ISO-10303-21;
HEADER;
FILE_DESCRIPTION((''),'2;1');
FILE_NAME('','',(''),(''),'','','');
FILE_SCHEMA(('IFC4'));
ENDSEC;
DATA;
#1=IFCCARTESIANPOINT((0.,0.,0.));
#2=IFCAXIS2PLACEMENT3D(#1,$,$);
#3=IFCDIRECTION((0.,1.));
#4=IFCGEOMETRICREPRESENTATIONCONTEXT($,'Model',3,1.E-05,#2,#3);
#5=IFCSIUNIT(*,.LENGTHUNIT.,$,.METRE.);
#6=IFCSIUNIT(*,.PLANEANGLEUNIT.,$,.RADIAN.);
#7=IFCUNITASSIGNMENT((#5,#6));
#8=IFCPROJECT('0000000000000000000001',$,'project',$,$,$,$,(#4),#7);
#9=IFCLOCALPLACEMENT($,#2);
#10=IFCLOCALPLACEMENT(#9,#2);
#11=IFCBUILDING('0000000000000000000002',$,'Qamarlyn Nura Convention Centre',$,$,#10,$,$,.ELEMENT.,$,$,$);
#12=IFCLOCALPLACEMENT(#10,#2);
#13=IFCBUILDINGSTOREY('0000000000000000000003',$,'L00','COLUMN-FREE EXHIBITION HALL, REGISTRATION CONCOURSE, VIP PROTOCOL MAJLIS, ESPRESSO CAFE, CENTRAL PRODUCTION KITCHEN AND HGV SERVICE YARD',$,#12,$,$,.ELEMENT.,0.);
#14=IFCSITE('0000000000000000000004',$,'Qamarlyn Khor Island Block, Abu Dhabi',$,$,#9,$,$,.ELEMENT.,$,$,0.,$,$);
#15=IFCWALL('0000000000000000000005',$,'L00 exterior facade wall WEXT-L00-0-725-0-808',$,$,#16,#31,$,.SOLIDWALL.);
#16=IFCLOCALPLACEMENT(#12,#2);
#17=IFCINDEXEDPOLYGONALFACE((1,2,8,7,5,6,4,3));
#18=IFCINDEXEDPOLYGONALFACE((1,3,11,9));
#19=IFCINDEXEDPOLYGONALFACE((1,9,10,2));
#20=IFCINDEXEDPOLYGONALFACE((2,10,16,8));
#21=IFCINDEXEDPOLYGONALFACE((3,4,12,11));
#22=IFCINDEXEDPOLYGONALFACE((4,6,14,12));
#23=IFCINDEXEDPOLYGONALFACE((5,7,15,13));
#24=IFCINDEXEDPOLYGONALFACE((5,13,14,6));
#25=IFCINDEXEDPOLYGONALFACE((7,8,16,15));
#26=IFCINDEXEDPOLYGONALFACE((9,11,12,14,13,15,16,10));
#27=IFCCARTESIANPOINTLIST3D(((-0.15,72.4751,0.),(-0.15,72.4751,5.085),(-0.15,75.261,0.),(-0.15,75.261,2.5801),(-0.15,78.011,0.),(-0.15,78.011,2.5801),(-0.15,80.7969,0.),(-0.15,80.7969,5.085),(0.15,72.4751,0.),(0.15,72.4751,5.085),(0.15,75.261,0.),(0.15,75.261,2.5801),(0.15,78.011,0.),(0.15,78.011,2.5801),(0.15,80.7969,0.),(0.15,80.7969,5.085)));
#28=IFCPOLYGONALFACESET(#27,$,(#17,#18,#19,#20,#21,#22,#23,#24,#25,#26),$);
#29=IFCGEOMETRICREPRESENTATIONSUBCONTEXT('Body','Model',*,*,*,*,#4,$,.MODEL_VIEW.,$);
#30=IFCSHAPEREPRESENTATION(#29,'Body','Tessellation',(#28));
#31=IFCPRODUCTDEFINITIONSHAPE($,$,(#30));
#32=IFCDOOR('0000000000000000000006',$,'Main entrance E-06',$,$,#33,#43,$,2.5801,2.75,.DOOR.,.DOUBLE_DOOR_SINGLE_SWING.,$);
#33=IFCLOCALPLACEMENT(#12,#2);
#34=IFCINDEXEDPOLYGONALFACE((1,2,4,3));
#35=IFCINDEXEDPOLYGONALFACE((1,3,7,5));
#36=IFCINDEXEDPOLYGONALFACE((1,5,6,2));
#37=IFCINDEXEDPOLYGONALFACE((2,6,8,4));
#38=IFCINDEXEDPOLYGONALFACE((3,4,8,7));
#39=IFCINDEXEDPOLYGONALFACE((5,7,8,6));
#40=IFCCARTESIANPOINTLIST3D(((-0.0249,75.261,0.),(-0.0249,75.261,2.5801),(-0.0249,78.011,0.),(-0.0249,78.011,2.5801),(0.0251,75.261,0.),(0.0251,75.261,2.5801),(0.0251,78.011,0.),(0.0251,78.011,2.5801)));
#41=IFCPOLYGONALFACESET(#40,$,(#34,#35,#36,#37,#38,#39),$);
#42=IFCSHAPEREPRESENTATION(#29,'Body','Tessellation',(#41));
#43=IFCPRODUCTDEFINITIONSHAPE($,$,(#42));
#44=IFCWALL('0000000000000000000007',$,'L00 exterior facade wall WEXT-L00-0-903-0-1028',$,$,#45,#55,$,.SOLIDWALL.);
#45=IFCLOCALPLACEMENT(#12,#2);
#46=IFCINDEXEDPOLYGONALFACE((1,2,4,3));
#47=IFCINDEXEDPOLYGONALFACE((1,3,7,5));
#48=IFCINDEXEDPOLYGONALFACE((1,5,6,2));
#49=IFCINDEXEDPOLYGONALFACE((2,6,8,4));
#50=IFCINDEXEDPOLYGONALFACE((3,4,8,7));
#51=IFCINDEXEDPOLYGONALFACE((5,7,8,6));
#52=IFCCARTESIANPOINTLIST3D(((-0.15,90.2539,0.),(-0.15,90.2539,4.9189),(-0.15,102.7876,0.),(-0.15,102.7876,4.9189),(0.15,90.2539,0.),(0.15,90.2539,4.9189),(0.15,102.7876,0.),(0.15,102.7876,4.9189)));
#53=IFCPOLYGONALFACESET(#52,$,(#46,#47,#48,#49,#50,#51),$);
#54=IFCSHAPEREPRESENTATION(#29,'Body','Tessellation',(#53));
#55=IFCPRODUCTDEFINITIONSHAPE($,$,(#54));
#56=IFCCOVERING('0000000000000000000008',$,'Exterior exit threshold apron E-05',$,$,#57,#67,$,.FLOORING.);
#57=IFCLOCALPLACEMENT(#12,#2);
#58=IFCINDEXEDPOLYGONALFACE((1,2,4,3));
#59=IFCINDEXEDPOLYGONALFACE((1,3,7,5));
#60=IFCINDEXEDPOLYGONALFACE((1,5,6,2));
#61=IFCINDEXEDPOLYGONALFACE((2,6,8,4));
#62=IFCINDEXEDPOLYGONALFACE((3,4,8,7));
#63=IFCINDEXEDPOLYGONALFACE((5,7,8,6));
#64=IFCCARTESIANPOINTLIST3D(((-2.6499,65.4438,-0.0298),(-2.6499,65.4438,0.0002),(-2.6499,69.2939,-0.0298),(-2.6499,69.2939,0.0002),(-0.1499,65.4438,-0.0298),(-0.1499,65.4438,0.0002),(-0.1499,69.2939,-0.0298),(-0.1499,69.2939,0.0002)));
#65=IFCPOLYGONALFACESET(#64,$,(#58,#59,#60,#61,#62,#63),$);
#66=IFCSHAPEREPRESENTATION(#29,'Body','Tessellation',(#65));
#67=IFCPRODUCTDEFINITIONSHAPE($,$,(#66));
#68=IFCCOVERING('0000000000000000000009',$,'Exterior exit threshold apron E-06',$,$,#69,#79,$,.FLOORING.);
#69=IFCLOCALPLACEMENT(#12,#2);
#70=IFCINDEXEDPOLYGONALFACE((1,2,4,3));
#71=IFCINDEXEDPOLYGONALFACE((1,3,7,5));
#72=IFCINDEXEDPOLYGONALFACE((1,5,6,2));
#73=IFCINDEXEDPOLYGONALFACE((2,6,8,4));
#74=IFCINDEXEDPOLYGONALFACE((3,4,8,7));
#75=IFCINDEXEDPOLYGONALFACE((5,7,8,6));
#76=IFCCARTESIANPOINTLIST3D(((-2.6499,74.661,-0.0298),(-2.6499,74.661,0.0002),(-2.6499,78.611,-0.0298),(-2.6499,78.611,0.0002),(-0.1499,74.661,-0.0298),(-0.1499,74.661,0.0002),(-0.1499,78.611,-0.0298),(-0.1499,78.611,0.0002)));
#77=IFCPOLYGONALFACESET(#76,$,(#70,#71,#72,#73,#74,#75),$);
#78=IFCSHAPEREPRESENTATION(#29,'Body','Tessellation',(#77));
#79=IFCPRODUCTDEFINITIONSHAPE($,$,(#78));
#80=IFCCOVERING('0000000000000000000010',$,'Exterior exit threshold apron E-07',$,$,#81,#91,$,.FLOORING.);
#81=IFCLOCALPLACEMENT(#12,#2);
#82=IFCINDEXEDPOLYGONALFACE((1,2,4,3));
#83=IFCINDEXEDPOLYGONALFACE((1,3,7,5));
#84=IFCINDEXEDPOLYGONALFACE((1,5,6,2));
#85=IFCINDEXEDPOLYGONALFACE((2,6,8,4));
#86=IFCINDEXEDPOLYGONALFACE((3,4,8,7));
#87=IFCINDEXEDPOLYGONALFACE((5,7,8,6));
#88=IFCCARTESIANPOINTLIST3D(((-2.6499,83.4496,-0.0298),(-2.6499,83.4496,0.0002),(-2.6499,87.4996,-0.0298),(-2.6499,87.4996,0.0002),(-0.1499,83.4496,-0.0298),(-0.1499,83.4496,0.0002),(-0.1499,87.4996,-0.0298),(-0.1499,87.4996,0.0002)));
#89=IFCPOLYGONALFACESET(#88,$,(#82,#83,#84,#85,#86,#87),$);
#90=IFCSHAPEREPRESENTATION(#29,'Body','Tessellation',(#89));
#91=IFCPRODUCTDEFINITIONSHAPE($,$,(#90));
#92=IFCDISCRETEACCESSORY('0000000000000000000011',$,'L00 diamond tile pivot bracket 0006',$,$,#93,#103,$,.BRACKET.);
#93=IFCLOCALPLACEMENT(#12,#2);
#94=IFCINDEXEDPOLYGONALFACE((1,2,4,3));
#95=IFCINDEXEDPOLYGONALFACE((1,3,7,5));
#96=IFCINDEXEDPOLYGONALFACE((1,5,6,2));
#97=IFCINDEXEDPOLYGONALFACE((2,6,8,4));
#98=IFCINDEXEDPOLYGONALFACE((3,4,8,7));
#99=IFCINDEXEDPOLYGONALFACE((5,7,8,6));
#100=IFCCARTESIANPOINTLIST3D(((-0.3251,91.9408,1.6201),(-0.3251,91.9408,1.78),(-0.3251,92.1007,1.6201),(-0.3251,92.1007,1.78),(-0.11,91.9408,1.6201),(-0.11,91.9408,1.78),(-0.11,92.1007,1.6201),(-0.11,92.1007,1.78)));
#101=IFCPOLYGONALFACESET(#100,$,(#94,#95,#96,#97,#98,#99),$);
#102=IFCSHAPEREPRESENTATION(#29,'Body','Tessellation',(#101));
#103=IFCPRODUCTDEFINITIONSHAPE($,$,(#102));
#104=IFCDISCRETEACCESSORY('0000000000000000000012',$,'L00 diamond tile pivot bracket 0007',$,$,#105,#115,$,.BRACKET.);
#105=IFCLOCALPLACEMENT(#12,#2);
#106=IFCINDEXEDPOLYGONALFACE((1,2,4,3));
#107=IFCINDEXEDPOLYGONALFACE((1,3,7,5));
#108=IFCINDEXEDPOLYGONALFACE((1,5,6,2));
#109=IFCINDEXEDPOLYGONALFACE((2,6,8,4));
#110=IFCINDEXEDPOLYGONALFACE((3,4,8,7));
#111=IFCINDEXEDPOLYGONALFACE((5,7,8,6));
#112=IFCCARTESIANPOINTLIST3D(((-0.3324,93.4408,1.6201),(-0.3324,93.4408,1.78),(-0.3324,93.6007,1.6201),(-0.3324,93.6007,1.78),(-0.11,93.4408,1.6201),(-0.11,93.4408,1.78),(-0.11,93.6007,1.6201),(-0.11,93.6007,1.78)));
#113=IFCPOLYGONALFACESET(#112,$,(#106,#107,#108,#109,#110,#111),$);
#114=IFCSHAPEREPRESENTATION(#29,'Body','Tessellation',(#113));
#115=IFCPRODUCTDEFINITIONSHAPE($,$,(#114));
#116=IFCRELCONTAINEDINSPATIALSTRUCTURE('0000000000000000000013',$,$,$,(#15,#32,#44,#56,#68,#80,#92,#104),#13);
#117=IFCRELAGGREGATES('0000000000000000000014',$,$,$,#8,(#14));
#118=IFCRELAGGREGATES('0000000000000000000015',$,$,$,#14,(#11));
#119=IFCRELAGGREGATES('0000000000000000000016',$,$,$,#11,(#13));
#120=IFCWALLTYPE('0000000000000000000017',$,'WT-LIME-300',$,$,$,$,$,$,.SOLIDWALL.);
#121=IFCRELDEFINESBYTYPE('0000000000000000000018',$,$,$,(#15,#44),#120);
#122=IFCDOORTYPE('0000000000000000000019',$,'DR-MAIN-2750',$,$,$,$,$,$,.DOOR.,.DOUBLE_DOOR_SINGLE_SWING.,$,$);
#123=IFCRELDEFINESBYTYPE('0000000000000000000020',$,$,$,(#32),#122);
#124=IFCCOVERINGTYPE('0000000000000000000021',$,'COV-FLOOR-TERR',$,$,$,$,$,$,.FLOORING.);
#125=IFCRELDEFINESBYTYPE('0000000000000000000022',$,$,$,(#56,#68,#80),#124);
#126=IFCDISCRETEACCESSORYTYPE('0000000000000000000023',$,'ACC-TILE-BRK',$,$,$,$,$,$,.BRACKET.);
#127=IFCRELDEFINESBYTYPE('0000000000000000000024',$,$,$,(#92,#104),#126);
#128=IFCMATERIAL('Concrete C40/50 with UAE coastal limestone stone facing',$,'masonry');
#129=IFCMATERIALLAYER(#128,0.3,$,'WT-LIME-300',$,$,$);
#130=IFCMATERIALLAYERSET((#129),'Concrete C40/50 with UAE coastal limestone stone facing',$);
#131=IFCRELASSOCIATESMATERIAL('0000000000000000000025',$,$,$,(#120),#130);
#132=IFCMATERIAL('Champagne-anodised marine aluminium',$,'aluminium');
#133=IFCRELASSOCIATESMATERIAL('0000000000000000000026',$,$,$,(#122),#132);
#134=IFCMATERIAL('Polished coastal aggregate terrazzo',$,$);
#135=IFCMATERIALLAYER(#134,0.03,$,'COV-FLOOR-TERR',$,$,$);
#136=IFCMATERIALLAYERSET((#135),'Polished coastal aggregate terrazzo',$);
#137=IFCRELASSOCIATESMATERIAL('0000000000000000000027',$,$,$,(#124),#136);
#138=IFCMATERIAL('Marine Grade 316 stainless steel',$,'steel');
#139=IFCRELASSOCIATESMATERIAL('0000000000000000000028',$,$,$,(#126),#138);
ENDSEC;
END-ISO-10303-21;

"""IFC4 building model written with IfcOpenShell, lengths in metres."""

from ifc_helpers import new_model, si_unit, direction, frame, frame_2d, origin, origin_2d, place, context, subcontext, project, spatial, rectangle, extrude, material, layer, layer_set, type_object, element, fill, save


model = new_model("IFC4")

# Units and contexts
model_context = context("Model", 3, precision=1e-05, world=origin(), true_north=direction((0.0, 1.0)))
body_context = subcontext(model_context, "Body", "Model", "MODEL_VIEW")
ifc_project = project(units=[si_unit("LENGTHUNIT", "METRE"), si_unit("PLANEANGLEUNIT", "RADIAN")], contexts=[model_context])

# Site, building, storey
site_placement = place(None, origin())
site = spatial("IfcSite", under=ifc_project, at=site_placement, Name="Qamarlyn Khor Island Block, Abu Dhabi", CompositionType="ELEMENT", RefElevation=0.0)
building_placement = place(site_placement, origin())
building = spatial("IfcBuilding", under=site, at=building_placement, Name="Qamarlyn Nura Convention Centre", CompositionType="ELEMENT")
storey_placement = place(building_placement, origin())
storey = spatial("IfcBuildingStorey", under=building, at=storey_placement, Name="L00", Description="COLUMN-FREE EXHIBITION HALL, REGISTRATION CONCOURSE, VIP PROTOCOL MAJLIS, ESPRESSO CAFE, CENTRAL PRODUCTION KITCHEN AND HGV SERVICE YARD", CompositionType="ELEMENT", Elevation=0.0)

# Wall, opening, door
ifc_material_1 = material(Name="Concrete C40/50 with UAE coastal limestone stone facing", Category="masonry")
ifc_layer_1 = layer(ifc_material_1, 0.3, Name="WT-LIME-300")
ifc_layer_set_1 = layer_set([ifc_layer_1], Name="Concrete C40/50 with UAE coastal limestone stone facing")
wall_type = type_object("IfcWallType", Name="WT-LIME-300", PredefinedType="SOLIDWALL", material=ifc_layer_set_1)
ifc_material_2 = material(Name="Champagne-anodised marine aluminium", Category="aluminium")
wall_1_placement = place(storey_placement, frame((0.0, 72.4751, 0.0), z_axis=(0.0, 0.0, 1.0), x_axis=(0.0, 1.0, 0.0)))
wall_1 = element("IfcWall", 1, at=wall_1_placement, inside=storey, type_object=wall_type, Name="L00 exterior facade wall WEXT-L00-0-725-0-808", PredefinedType="SOLIDWALL", context=body_context, shape_type="SweptSolid", body=[
    extrude(rectangle(XDim=8.3218, YDim=0.3, at=frame_2d((4.1609, 0.0))), origin(), (0.0, 0.0, 1.0), 5.085),
])
opening_1_placement = place(wall_1_placement, frame((2.7859, 0.0, 0.0)))
opening_1 = element("IfcOpeningElement", 2, at=opening_1_placement, cuts=wall_1, PredefinedType="OPENING", context=body_context, shape_type="SweptSolid", body=[
    extrude(rectangle(XDim=2.75, YDim=2.5801, at=frame_2d((1.375, 1.29))), frame((0.0, 0.1602, 0.0), z_axis=(0.0, -1.0, 0.0), x_axis=(1.0, 0.0, 0.0)), (0.0, 0.0, 1.0), 0.3201),
])
door_type_1 = type_object("IfcDoorType", Name="DR-MAIN-2750", OperationType="DOUBLE_DOOR_SINGLE_SWING", PredefinedType="DOOR", material=ifc_material_2)
door_1_placement = place(opening_1_placement, origin())
door_1 = element("IfcDoor", 3, at=door_1_placement, inside=storey, type_object=door_type_1, Name="Main entrance E-06", OperationType="DOUBLE_DOOR_SINGLE_SWING", OverallHeight=2.5801, OverallWidth=2.75, PredefinedType="DOOR", context=body_context, shape_type="SweptSolid", body=[
    extrude(rectangle(XDim=2.75, YDim=2.5801, at=frame_2d((1.375, 1.29))), frame((0.0, 0.0249, 0.0), z_axis=(0.0, -1.0, 0.0), x_axis=(1.0, 0.0, 0.0)), (0.0, 0.0, 1.0), 0.05),
])
fill(opening_1, door_1)

# Wall
wall_2_placement = place(storey_placement, frame((0.0, 90.2539, 0.0), z_axis=(0.0, 0.0, 1.0), x_axis=(0.0, 1.0, 0.0)))
element("IfcWall", 4, at=wall_2_placement, inside=storey, type_object=wall_type, Name="L00 exterior facade wall WEXT-L00-0-903-0-1028", PredefinedType="SOLIDWALL", context=body_context, shape_type="SweptSolid", body=[
    extrude(rectangle(XDim=12.5337, YDim=0.3, at=frame_2d((6.2668, 0.0))), origin(), (0.0, 0.0, 1.0), 4.9189),
])

# Coverings
ifc_material_3 = material(Name="Polished coastal aggregate terrazzo")
ifc_layer_2 = layer(ifc_material_3, 0.03, Name="COV-FLOOR-TERR")
ifc_layer_set_2 = layer_set([ifc_layer_2], Name="Polished coastal aggregate terrazzo")
covering_type = type_object("IfcCoveringType", Name="COV-FLOOR-TERR", PredefinedType="FLOORING", material=ifc_layer_set_2)
covering_1_placement = place(storey_placement, frame((-1.3999, 67.3689, -0.0298), z_axis=(0.0, 0.0, 1.0), x_axis=(0.0, 1.0, 0.0)))
element("IfcCovering", 5, at=covering_1_placement, inside=storey, type_object=covering_type, Name="Exterior exit threshold apron E-05", PredefinedType="FLOORING", context=body_context, shape_type="SweptSolid", body=[
    extrude(rectangle(XDim=3.8501, YDim=2.5, at=origin_2d()), origin(), (0.0, 0.0, 1.0), 0.03),
])
covering_2_placement = place(storey_placement, frame((-1.3999, 76.636, -0.0298), z_axis=(0.0, 0.0, 1.0), x_axis=(0.0, 1.0, 0.0)))
element("IfcCovering", 6, at=covering_2_placement, inside=storey, type_object=covering_type, Name="Exterior exit threshold apron E-06", PredefinedType="FLOORING", context=body_context, shape_type="SweptSolid", body=[
    extrude(rectangle(XDim=3.95, YDim=2.5, at=origin_2d()), origin(), (0.0, 0.0, 1.0), 0.03),
])
covering_3_placement = place(storey_placement, frame((-1.3999, 85.4746, -0.0298), z_axis=(0.0, 0.0, 1.0), x_axis=(0.0, 1.0, 0.0)))
element("IfcCovering", 7, at=covering_3_placement, inside=storey, type_object=covering_type, Name="Exterior exit threshold apron E-07", PredefinedType="FLOORING", context=body_context, shape_type="SweptSolid", body=[
    extrude(rectangle(XDim=4.05, YDim=2.5, at=origin_2d()), origin(), (0.0, 0.0, 1.0), 0.03),
])

# Discrete accessories
ifc_material_4 = material(Name="Marine Grade 316 stainless steel", Category="steel")
discrete_accessory_type = type_object("IfcDiscreteAccessoryType", Name="ACC-TILE-BRK", PredefinedType="BRACKET", material=ifc_material_4)
discrete_accessory_1_placement = place(storey_placement, frame((-0.2175, 92.0208, 1.6201), z_axis=(0.0, 0.0, 1.0), x_axis=(-1.0, 0.0, 0.0)))
element("IfcDiscreteAccessory", 8, at=discrete_accessory_1_placement, inside=storey, type_object=discrete_accessory_type, Name="L00 diamond tile pivot bracket 0006", PredefinedType="BRACKET", context=body_context, shape_type="SweptSolid", body=[
    extrude(rectangle(XDim=0.2151, YDim=0.1599, at=origin_2d()), origin(), (0.0, 0.0, 1.0), 0.1599),
])
discrete_accessory_2_placement = place(storey_placement, frame((-0.2212, 93.5208, 1.6201), z_axis=(0.0, 0.0, 1.0), x_axis=(-1.0, 0.0, 0.0)))
element("IfcDiscreteAccessory", 9, at=discrete_accessory_2_placement, inside=storey, type_object=discrete_accessory_type, Name="L00 diamond tile pivot bracket 0007", PredefinedType="BRACKET", context=body_context, shape_type="SweptSolid", body=[
    extrude(rectangle(XDim=0.2224, YDim=0.1599, at=origin_2d()), origin(), (0.0, 0.0, 1.0), 0.1599),
])

save(model, "model.ifc")
